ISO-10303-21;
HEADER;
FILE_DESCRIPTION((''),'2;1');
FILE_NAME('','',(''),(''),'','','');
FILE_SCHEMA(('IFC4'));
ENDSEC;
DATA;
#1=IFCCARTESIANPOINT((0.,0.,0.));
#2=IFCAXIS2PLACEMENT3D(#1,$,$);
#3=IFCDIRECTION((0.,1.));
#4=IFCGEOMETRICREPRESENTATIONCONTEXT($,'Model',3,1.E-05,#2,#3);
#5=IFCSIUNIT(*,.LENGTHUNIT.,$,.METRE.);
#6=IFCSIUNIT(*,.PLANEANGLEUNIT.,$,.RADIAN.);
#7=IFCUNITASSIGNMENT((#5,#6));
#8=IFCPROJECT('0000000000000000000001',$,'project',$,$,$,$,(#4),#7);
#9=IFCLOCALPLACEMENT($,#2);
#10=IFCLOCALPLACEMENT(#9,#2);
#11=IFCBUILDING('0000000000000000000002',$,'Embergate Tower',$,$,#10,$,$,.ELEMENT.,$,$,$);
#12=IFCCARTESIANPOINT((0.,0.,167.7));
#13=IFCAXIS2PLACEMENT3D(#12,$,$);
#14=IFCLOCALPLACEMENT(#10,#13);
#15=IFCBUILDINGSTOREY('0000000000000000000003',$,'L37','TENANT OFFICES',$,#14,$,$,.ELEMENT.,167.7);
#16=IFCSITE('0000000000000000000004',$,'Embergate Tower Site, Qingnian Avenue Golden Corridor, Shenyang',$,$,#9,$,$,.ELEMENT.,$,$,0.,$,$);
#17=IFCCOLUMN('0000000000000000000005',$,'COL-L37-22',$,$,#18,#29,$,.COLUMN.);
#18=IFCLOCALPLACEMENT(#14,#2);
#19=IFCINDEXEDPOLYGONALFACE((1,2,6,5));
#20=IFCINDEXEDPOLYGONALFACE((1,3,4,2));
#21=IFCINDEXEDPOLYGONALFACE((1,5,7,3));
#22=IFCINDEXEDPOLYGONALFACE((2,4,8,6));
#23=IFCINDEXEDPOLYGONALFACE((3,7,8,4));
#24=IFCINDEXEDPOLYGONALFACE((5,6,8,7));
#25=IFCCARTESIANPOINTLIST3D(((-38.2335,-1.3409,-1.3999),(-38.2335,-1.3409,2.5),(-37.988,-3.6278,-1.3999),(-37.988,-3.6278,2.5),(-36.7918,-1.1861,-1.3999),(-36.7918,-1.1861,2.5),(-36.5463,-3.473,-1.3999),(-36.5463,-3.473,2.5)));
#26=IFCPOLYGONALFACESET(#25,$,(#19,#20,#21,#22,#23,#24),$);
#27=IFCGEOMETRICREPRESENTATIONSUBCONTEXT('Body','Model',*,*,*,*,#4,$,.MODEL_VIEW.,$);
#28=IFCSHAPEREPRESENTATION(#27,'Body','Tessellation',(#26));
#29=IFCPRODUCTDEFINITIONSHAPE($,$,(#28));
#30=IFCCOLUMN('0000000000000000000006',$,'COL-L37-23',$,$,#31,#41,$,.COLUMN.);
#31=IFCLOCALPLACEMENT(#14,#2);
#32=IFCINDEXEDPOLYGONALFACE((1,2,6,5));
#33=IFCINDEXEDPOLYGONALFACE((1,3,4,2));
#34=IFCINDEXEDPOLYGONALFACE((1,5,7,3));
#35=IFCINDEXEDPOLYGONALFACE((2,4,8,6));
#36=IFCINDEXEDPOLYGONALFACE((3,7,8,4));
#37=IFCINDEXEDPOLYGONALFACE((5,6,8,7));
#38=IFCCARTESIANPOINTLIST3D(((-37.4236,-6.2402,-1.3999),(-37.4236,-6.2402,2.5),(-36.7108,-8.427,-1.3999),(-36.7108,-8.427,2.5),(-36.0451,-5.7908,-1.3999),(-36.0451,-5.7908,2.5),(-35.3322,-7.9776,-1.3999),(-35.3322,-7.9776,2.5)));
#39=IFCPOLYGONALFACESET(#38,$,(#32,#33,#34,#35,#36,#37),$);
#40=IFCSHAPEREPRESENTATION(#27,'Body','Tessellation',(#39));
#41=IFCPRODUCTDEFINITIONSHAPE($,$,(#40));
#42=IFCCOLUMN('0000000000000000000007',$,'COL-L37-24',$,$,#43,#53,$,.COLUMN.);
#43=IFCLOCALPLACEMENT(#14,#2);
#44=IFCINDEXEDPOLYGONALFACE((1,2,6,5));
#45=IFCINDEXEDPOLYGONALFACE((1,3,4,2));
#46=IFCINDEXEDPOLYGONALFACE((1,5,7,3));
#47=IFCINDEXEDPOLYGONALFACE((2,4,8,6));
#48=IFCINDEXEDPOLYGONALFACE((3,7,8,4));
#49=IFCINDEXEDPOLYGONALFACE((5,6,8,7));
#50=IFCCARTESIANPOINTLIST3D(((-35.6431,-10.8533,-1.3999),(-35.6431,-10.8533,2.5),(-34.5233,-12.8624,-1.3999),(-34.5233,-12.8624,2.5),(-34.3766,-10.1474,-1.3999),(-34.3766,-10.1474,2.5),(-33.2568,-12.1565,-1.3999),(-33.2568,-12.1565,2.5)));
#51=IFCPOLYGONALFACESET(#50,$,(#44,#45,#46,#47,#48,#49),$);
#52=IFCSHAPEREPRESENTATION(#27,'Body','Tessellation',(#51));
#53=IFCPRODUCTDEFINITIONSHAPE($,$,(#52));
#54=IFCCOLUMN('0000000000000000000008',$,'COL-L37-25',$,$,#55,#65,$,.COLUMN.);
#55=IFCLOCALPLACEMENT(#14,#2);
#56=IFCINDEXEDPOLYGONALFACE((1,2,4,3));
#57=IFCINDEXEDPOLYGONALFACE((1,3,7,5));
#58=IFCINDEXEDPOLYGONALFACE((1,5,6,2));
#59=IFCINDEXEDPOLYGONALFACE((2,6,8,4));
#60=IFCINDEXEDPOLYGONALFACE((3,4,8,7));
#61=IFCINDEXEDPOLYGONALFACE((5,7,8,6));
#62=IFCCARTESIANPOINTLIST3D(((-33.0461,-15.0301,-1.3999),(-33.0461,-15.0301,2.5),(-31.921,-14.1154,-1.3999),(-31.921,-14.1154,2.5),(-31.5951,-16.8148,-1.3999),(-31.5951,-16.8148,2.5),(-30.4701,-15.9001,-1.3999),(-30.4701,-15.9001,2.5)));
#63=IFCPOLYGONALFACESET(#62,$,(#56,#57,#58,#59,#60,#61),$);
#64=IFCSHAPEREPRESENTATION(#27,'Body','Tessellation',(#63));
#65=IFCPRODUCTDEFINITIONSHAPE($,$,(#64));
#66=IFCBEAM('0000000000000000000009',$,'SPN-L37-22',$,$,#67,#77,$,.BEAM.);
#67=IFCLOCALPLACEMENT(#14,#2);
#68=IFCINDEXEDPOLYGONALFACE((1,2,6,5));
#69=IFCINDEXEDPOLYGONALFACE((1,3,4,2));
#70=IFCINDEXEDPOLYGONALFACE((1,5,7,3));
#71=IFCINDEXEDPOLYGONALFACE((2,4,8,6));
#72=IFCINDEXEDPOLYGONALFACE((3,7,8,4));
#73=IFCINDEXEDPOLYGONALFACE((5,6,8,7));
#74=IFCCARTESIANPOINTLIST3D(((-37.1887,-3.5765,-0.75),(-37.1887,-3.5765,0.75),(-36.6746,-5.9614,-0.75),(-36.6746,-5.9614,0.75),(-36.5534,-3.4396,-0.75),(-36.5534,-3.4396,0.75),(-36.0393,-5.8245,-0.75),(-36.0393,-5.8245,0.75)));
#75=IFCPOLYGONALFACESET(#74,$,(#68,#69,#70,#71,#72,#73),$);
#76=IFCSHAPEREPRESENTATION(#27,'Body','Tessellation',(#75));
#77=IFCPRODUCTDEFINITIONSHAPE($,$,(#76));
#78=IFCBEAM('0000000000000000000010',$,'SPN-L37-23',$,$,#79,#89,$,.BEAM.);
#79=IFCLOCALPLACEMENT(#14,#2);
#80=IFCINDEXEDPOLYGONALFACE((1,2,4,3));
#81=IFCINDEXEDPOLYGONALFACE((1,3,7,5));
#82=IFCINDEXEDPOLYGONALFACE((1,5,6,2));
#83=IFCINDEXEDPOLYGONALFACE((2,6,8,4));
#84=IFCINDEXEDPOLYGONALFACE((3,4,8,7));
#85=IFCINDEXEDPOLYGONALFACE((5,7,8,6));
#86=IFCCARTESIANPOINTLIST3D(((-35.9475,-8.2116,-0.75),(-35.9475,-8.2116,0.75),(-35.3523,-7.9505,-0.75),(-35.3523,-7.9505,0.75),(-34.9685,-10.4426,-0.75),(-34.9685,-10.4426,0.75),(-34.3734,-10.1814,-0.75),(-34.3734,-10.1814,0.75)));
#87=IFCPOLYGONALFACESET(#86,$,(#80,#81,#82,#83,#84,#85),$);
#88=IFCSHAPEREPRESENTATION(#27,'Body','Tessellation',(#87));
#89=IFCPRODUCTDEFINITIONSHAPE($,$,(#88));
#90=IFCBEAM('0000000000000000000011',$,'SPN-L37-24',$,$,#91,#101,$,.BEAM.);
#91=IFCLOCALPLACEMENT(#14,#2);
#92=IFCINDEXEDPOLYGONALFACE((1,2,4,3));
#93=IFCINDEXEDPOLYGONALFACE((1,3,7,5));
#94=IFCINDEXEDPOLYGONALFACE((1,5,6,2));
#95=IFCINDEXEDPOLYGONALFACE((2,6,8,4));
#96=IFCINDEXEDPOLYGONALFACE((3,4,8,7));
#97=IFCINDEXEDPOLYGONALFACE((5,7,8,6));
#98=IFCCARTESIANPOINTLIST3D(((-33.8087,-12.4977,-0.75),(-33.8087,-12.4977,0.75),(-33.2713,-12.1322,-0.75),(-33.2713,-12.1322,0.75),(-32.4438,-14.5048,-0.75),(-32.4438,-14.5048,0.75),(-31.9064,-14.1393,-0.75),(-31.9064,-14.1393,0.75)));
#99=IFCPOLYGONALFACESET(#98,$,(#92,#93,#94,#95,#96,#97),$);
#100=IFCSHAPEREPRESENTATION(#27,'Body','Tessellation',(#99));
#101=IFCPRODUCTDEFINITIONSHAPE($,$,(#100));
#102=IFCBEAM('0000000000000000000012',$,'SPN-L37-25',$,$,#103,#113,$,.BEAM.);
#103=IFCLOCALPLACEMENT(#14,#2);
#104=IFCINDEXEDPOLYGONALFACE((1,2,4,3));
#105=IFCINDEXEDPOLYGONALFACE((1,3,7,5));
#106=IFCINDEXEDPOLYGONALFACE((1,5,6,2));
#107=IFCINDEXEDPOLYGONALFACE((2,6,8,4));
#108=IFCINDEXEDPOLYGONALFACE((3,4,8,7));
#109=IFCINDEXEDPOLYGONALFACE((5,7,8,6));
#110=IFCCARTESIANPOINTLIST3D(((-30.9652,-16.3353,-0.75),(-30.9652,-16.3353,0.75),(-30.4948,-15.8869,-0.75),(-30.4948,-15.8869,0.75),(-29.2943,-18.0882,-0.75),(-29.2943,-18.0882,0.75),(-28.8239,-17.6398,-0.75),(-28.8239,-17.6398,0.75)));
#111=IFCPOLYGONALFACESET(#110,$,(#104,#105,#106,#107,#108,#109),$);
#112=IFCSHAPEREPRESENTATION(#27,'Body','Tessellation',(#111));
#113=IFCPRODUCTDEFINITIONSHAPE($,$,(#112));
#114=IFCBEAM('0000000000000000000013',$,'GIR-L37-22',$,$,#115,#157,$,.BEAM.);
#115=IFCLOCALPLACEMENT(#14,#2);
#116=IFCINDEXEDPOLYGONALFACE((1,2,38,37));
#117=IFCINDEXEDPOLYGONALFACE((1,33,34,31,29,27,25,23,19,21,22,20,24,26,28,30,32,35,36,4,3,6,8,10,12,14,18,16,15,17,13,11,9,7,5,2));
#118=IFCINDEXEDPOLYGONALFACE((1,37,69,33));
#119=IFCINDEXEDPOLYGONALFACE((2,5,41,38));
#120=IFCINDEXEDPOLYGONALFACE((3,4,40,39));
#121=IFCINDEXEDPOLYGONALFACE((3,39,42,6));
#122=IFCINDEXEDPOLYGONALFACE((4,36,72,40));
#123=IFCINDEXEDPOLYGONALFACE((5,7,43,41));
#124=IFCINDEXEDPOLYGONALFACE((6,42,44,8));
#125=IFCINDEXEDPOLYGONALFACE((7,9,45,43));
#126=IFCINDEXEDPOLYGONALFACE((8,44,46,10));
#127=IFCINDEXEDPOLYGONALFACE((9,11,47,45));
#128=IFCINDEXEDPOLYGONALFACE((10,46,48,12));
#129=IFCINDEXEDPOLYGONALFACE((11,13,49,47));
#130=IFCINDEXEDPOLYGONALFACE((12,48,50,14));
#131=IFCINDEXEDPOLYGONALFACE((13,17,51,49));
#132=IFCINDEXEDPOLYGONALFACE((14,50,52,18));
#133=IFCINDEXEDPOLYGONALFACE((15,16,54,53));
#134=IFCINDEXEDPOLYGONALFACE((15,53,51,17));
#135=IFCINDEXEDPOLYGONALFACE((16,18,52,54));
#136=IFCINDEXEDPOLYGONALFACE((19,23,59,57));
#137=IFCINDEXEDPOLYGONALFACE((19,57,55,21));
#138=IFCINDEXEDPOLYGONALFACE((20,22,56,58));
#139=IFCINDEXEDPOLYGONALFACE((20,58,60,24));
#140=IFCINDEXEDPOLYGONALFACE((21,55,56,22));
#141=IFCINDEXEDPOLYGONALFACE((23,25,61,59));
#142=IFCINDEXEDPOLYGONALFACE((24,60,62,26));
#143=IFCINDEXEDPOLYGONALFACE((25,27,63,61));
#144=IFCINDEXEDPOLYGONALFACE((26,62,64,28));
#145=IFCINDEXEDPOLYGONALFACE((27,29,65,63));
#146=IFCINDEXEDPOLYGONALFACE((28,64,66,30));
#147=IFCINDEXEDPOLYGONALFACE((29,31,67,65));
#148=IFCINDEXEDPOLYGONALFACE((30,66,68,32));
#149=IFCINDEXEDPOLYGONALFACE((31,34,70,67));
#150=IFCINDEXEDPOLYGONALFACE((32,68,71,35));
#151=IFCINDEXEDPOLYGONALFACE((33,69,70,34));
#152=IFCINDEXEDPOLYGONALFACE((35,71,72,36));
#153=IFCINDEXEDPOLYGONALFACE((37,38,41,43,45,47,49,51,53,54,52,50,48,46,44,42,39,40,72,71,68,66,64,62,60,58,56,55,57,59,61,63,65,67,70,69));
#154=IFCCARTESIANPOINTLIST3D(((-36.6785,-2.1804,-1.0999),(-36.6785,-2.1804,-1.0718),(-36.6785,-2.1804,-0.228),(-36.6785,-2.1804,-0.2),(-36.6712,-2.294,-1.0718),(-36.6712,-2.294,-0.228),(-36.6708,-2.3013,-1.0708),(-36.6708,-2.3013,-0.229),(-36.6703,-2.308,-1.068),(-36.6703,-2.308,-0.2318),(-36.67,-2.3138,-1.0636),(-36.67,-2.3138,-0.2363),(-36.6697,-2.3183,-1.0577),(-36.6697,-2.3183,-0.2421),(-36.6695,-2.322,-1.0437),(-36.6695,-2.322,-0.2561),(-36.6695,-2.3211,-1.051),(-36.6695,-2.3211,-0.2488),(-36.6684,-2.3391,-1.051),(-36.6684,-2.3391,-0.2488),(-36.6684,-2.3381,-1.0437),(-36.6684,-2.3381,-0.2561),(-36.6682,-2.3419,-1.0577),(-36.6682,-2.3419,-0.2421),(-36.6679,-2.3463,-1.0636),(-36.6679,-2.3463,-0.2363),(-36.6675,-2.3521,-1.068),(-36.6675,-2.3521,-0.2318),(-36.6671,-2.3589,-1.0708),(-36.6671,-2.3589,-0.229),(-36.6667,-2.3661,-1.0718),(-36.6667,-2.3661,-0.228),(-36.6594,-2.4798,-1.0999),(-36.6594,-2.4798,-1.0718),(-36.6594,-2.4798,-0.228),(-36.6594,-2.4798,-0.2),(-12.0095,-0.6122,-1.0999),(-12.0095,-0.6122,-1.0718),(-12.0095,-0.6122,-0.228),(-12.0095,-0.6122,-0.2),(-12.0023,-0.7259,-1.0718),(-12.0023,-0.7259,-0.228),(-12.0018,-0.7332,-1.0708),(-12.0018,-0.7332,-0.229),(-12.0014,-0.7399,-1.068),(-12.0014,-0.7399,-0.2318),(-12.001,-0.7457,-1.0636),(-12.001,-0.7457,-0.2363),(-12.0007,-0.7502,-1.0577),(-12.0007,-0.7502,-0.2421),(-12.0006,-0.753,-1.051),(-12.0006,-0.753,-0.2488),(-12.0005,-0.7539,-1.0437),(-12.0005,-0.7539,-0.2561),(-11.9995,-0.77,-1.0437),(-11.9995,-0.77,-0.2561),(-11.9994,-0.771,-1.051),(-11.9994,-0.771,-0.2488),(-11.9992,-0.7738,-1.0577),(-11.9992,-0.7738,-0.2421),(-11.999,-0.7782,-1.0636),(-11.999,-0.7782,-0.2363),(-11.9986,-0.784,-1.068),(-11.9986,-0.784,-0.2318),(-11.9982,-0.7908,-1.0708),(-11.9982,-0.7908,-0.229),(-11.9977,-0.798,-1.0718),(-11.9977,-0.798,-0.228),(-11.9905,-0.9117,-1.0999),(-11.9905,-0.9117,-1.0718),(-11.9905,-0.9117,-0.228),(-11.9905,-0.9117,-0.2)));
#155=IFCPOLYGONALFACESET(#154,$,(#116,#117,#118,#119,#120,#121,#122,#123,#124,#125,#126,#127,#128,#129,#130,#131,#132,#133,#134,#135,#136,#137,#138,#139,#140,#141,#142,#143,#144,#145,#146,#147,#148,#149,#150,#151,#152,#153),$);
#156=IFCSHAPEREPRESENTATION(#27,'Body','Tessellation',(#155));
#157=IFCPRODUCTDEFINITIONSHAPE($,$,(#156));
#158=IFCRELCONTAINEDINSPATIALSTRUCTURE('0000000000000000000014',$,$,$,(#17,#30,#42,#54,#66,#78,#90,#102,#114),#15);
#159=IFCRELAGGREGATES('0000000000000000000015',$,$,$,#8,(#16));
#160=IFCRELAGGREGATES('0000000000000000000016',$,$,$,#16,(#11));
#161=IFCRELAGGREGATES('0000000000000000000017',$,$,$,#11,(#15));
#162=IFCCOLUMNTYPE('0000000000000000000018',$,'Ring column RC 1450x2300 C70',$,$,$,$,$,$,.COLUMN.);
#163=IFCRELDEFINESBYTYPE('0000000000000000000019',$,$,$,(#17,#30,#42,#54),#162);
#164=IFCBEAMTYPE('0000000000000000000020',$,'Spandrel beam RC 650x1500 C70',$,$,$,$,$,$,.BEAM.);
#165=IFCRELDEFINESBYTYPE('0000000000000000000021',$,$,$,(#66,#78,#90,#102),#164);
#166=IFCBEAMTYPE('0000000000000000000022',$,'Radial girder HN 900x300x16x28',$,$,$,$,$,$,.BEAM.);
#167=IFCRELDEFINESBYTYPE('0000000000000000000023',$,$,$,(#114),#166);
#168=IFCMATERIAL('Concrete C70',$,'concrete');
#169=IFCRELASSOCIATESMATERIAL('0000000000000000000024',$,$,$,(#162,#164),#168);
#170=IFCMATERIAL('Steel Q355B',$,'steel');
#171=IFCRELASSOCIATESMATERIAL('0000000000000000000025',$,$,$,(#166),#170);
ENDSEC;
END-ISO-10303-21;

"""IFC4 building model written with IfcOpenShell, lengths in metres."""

from ifc_helpers import new_model, si_unit, direction, frame, origin, origin_2d, place, context, subcontext, project, spatial, rectangle, i_section, extrude, source, transform, mapped, material, material_profile, profile_set, type_object, element, save


model = new_model("IFC4")

# Units and contexts
model_context = context("Model", 3, precision=1e-05, world=origin(), true_north=direction((0.0, 1.0)))
body_context = subcontext(model_context, "Body", "Model", "MODEL_VIEW")
ifc_project = project(units=[si_unit("LENGTHUNIT", "METRE"), si_unit("PLANEANGLEUNIT", "RADIAN")], contexts=[model_context])

# Site, building, storey
site_placement = place(None, origin())
site = spatial("IfcSite", under=ifc_project, at=site_placement, Name="Embergate Tower Site, Qingnian Avenue Golden Corridor, Shenyang", CompositionType="ELEMENT", RefElevation=0.0)
building_placement = place(site_placement, origin())
building = spatial("IfcBuilding", under=site, at=building_placement, Name="Embergate Tower", CompositionType="ELEMENT")
storey_placement = place(building_placement, frame((0.0, 0.0, 167.7)))
storey = spatial("IfcBuildingStorey", under=building, at=storey_placement, Name="L37", Description="TENANT OFFICES", CompositionType="ELEMENT", Elevation=167.7)

# Columns
ifc_material_1 = material(Name="Concrete C70", Category="concrete")
ifc_material_profile_1 = material_profile(ifc_material_1, rectangle(XDim=1.45, YDim=2.3, at=origin_2d()), Name="RC 1450x2300")
ifc_profile_set_1 = profile_set([ifc_material_profile_1], Name="Concrete C70")
column_type = type_object("IfcColumnType", Name="Ring column RC 1450x2300 C70", PredefinedType="COLUMN", material=ifc_profile_set_1)
shared_shape_1 = source(origin(), body_context, "Body", "SweptSolid", [
    extrude(rectangle(XDim=1.45, YDim=2.3, at=origin_2d()), origin(), (0.0, 0.0, 1.0), 3.8999),
])
for number, where, z_axis, x_axis, name in (
    (1, (-37.3899, -2.407, -1.3999), (0.0, 0.0, 1.0), (-0.994286, -0.10675, 0.0), "COL-L37-22"),
    (2, (-36.3779, -7.1089, -1.3999), (0.0, 0.0, 1.0), (-0.950754, -0.309946, 0.0), "COL-L37-23"),
    (3, (-34.45, -11.5049, -1.3999), (0.0, 0.0, 1.0), (-0.873492, -0.486839, 0.0), "COL-L37-24"),
    (4, (-31.7581, -15.4651, -1.3999), (0.0, 0.0, 1.0), (-0.775914, -0.630838, 0.0), "COL-L37-25"),
):
    element("IfcColumn", number, at=place(storey_placement, frame(where, z_axis=z_axis, x_axis=x_axis)), inside=storey, type_object=column_type, Name=name, PredefinedType="COLUMN", context=body_context, shape_type="MappedRepresentation", body=[
        mapped(shared_shape_1, transform((0.0, 0.0, 0.0))),
    ])

# Beams
ifc_material_profile_2 = material_profile(ifc_material_1, rectangle(XDim=0.6499, YDim=1.5, at=origin_2d()), Name="RC 650x1500")
ifc_profile_set_2 = profile_set([ifc_material_profile_2], Name="Concrete C70")
beam_type_1 = type_object("IfcBeamType", Name="Spandrel beam RC 650x1500 C70", PredefinedType="BEAM", material=ifc_profile_set_2)
shared_shape_2 = source(origin(), body_context, "Body", "SweptSolid", [
    extrude(rectangle(XDim=0.6499, YDim=1.5, at=origin_2d()), origin(), (0.0, 0.0, 1.0), 2.4397),
])
beam_1_placement = place(storey_placement, frame((-36.8711, -3.5081, 0.0), z_axis=(0.210739, -0.977542, 0.0), x_axis=(0.977542, 0.210739, 0.0)))
element("IfcBeam", 5, at=beam_1_placement, inside=storey, type_object=beam_type_1, Name="SPN-L37-22", PredefinedType="BEAM", context=body_context, shape_type="MappedRepresentation", body=[
    mapped(shared_shape_2, transform((0.0, 0.0, 0.0))),
])
shared_shape_3 = source(origin(), body_context, "Body", "SweptSolid", [
    extrude(rectangle(XDim=0.6499, YDim=1.5, at=origin_2d()), origin(), (0.0, 0.0, 1.0), 2.4363),
])
beam_2_placement = place(storey_placement, frame((-35.6499, -8.0811, 0.0), z_axis=(0.401838, -0.915711, 0.0), x_axis=(0.915711, 0.401838, 0.0)))
element("IfcBeam", 6, at=beam_2_placement, inside=storey, type_object=beam_type_1, Name="SPN-L37-23", PredefinedType="BEAM", context=body_context, shape_type="MappedRepresentation", body=[
    mapped(shared_shape_3, transform((0.0, 0.0, 0.0))),
])
shared_shape_4 = source(origin(), body_context, "Body", "SweptSolid", [
    extrude(rectangle(XDim=0.6499, YDim=1.5, at=origin_2d()), origin(), (0.0, 0.0, 1.0), 2.4272),
])
beam_3_placement = place(storey_placement, frame((-33.54, -12.3149, 0.0), z_axis=(0.56236, -0.826893, 0.0), x_axis=(0.826893, 0.56236, 0.0)))
element("IfcBeam", 7, at=beam_3_placement, inside=storey, type_object=beam_type_1, Name="SPN-L37-24", PredefinedType="BEAM", context=body_context, shape_type="MappedRepresentation", body=[
    mapped(shared_shape_4, transform((0.0, 0.0, 0.0))),
])
shared_shape_5 = source(origin(), body_context, "Body", "SweptSolid", [
    extrude(rectangle(XDim=0.6499, YDim=1.5, at=origin_2d()), origin(), (0.0, 0.0, 1.0), 2.4216),
])
beam_4_placement = place(storey_placement, frame((-30.73, -16.1111, 0.0), z_axis=(0.689967, -0.723841, 0.0), x_axis=(0.723841, 0.689967, 0.0)))
element("IfcBeam", 8, at=beam_4_placement, inside=storey, type_object=beam_type_1, Name="SPN-L37-25", PredefinedType="BEAM", context=body_context, shape_type="MappedRepresentation", body=[
    mapped(shared_shape_5, transform((0.0, 0.0, 0.0))),
])
ifc_material_2 = material(Name="Steel Q355B", Category="steel")
ifc_material_profile_3 = material_profile(ifc_material_2, i_section(OverallWidth=0.3, OverallDepth=0.8999, WebThickness=0.0161, FlangeThickness=0.0281, FilletRadius=0.0281, at=origin_2d()), Name="HN 900x300x16x28")
ifc_profile_set_3 = profile_set([ifc_material_profile_3], Name="Steel Q355 grade B")
beam_type_2 = type_object("IfcBeamType", Name="Radial girder HN 900x300x16x28", PredefinedType="BEAM", material=ifc_profile_set_3)
shared_shape_6 = source(origin(), body_context, "Body", "SweptSolid", [
    extrude(i_section(OverallWidth=0.3, OverallDepth=0.8999, WebThickness=0.0161, FlangeThickness=0.0281, FilletRadius=0.0281, at=origin_2d()), origin(), (0.0, 0.0, 1.0), 24.7188),
])
beam_5_placement = place(storey_placement, frame((-36.6689, -2.3301, -0.6499), z_axis=(0.997986, 0.063438, 0.0), x_axis=(-0.063438, 0.997986, 0.0)))
element("IfcBeam", 9, at=beam_5_placement, inside=storey, type_object=beam_type_2, Name="GIR-L37-22", PredefinedType="BEAM", context=body_context, shape_type="MappedRepresentation", body=[
    mapped(shared_shape_6, transform((0.0, 0.0, 0.0))),
])

save(model, "model.ifc")
